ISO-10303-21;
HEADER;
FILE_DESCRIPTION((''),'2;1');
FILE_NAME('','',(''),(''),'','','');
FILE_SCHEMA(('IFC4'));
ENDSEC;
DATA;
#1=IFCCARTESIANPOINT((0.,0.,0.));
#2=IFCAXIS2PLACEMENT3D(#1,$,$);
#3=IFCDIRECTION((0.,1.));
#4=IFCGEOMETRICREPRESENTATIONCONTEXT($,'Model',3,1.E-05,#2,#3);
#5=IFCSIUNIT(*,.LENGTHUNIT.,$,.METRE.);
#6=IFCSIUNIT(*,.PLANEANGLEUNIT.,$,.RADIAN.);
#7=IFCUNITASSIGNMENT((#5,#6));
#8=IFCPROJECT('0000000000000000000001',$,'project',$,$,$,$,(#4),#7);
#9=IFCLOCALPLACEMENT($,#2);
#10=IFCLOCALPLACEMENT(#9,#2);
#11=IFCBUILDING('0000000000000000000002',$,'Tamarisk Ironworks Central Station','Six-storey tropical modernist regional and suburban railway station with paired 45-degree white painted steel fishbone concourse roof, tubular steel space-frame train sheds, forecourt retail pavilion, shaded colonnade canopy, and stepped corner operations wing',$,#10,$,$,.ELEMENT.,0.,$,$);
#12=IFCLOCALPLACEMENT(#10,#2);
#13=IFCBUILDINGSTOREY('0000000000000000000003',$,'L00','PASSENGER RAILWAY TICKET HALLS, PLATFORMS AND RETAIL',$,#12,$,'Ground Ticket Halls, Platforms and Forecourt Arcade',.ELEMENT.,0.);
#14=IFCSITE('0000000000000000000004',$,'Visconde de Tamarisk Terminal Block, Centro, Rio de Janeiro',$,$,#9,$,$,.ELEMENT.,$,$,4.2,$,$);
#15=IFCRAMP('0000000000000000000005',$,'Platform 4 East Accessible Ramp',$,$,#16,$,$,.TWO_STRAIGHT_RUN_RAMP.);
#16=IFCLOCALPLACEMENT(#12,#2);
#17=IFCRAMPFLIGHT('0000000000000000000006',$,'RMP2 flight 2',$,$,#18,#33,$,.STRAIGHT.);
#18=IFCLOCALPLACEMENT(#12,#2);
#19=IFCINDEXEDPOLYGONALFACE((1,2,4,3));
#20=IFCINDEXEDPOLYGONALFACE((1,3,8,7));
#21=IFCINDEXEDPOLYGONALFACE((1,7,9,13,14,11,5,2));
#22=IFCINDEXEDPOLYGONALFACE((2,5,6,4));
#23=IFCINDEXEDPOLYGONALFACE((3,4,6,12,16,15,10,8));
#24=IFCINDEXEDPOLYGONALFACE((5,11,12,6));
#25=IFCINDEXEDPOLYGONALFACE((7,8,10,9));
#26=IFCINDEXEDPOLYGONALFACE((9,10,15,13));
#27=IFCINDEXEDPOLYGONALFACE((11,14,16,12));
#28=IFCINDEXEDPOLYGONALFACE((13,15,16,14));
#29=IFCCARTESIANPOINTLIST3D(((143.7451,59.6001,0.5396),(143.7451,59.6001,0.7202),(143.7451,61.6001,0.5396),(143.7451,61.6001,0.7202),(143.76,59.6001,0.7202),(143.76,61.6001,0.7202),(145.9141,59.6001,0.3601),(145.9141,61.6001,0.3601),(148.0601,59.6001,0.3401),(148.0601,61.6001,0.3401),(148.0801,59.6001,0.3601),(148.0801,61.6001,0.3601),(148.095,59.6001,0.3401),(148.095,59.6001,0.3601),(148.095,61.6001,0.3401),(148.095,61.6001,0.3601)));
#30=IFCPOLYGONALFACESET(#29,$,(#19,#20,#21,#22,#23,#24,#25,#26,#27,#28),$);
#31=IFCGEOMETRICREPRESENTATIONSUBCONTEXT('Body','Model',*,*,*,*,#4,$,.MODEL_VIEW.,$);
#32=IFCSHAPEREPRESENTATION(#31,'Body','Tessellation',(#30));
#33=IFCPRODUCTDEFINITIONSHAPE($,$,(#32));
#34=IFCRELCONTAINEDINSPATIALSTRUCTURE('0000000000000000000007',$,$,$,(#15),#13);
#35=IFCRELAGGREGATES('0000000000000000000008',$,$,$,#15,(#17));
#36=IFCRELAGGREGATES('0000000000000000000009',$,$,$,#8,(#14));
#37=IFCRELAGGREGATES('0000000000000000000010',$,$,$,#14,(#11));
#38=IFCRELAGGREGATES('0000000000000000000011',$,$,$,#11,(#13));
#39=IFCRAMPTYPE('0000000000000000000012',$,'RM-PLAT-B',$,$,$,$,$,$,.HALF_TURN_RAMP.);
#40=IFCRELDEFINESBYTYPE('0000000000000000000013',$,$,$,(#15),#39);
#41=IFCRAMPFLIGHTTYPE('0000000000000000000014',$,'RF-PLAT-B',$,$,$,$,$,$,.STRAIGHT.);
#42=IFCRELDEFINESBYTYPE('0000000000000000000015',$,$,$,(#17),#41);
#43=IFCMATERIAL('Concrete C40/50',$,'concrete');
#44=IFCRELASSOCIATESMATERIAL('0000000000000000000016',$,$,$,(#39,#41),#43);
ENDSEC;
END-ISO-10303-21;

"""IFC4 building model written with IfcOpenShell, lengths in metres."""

from ifc_helpers import new_model, si_unit, direction, frame, origin, place, context, subcontext, project, spatial, polyline, outline, extrude, material, type_object, element, aggregate, save


model = new_model("IFC4")

# Units and contexts
model_context = context("Model", 3, precision=1e-05, world=origin(), true_north=direction((0.0, 1.0)))
body_context = subcontext(model_context, "Body", "Model", "MODEL_VIEW")
ifc_project = project(units=[si_unit("LENGTHUNIT", "METRE"), si_unit("PLANEANGLEUNIT", "RADIAN")], contexts=[model_context])

# Site, building, storey
site_placement = place(None, origin())
site = spatial("IfcSite", under=ifc_project, at=site_placement, Name="Visconde de Tamarisk Terminal Block, Centro, Rio de Janeiro", CompositionType="ELEMENT", RefElevation=4.2)
building_placement = place(site_placement, origin())
building = spatial("IfcBuilding", under=site, at=building_placement, Name="Tamarisk Ironworks Central Station", Description="Six-storey tropical modernist regional and suburban railway station with paired 45-degree white painted steel fishbone concourse roof, tubular steel space-frame train sheds, forecourt retail pavilion, shaded colonnade canopy, and stepped corner operations wing", CompositionType="ELEMENT", ElevationOfRefHeight=0.0)
storey_placement = place(building_placement, origin())
storey = spatial("IfcBuildingStorey", under=building, at=storey_placement, Name="L00", Description="PASSENGER RAILWAY TICKET HALLS, PLATFORMS AND RETAIL", LongName="Ground Ticket Halls, Platforms and Forecourt Arcade", CompositionType="ELEMENT", Elevation=0.0)

# Shared definitions
ifc_material_1 = material(Name="Concrete C40/50", Category="concrete")

# Ramp, ramp flight
ramp_type = type_object("IfcRampType", Name="RM-PLAT-B", PredefinedType="HALF_TURN_RAMP", material=ifc_material_1)
ramp_placement = place(storey_placement, origin())
ramp = element("IfcRamp", 1, at=ramp_placement, inside=storey, type_object=ramp_type, Name="Platform 4 East Accessible Ramp", PredefinedType="TWO_STRAIGHT_RUN_RAMP")
ramp_flight_type = type_object("IfcRampFlightType", Name="RF-PLAT-B", PredefinedType="STRAIGHT", material=ifc_material_1)
ramp_flight_placement = place(storey_placement, frame((148.0801, 60.6001, 0.3601), z_axis=(0.0, 0.0, 1.0), x_axis=(-1.0, 0.0, 0.0)))
ramp_flight = element("IfcRampFlight", 2, at=ramp_flight_placement, type_object=ramp_flight_type, Name="RMP2 flight 2", PredefinedType="STRAIGHT", context=body_context, shape_type="SweptSolid", body=[
    extrude(outline(polyline([(-0.0149, -0.02), (-0.0149, 0.0), (0.0, 0.0), (4.3201, 0.3601), (4.335, 0.3601), (4.335, 0.1794), (2.166, 0.0), (0.02, -0.02), (-0.0149, -0.02)])), frame((0.0, 1.0, 0.0), z_axis=(0.0, -1.0, 0.0), x_axis=(1.0, 0.0, 0.0)), (0.0, 0.0, 1.0), 2.0),
])
aggregate(ramp, [ramp_flight])

save(model, "model.ifc")
